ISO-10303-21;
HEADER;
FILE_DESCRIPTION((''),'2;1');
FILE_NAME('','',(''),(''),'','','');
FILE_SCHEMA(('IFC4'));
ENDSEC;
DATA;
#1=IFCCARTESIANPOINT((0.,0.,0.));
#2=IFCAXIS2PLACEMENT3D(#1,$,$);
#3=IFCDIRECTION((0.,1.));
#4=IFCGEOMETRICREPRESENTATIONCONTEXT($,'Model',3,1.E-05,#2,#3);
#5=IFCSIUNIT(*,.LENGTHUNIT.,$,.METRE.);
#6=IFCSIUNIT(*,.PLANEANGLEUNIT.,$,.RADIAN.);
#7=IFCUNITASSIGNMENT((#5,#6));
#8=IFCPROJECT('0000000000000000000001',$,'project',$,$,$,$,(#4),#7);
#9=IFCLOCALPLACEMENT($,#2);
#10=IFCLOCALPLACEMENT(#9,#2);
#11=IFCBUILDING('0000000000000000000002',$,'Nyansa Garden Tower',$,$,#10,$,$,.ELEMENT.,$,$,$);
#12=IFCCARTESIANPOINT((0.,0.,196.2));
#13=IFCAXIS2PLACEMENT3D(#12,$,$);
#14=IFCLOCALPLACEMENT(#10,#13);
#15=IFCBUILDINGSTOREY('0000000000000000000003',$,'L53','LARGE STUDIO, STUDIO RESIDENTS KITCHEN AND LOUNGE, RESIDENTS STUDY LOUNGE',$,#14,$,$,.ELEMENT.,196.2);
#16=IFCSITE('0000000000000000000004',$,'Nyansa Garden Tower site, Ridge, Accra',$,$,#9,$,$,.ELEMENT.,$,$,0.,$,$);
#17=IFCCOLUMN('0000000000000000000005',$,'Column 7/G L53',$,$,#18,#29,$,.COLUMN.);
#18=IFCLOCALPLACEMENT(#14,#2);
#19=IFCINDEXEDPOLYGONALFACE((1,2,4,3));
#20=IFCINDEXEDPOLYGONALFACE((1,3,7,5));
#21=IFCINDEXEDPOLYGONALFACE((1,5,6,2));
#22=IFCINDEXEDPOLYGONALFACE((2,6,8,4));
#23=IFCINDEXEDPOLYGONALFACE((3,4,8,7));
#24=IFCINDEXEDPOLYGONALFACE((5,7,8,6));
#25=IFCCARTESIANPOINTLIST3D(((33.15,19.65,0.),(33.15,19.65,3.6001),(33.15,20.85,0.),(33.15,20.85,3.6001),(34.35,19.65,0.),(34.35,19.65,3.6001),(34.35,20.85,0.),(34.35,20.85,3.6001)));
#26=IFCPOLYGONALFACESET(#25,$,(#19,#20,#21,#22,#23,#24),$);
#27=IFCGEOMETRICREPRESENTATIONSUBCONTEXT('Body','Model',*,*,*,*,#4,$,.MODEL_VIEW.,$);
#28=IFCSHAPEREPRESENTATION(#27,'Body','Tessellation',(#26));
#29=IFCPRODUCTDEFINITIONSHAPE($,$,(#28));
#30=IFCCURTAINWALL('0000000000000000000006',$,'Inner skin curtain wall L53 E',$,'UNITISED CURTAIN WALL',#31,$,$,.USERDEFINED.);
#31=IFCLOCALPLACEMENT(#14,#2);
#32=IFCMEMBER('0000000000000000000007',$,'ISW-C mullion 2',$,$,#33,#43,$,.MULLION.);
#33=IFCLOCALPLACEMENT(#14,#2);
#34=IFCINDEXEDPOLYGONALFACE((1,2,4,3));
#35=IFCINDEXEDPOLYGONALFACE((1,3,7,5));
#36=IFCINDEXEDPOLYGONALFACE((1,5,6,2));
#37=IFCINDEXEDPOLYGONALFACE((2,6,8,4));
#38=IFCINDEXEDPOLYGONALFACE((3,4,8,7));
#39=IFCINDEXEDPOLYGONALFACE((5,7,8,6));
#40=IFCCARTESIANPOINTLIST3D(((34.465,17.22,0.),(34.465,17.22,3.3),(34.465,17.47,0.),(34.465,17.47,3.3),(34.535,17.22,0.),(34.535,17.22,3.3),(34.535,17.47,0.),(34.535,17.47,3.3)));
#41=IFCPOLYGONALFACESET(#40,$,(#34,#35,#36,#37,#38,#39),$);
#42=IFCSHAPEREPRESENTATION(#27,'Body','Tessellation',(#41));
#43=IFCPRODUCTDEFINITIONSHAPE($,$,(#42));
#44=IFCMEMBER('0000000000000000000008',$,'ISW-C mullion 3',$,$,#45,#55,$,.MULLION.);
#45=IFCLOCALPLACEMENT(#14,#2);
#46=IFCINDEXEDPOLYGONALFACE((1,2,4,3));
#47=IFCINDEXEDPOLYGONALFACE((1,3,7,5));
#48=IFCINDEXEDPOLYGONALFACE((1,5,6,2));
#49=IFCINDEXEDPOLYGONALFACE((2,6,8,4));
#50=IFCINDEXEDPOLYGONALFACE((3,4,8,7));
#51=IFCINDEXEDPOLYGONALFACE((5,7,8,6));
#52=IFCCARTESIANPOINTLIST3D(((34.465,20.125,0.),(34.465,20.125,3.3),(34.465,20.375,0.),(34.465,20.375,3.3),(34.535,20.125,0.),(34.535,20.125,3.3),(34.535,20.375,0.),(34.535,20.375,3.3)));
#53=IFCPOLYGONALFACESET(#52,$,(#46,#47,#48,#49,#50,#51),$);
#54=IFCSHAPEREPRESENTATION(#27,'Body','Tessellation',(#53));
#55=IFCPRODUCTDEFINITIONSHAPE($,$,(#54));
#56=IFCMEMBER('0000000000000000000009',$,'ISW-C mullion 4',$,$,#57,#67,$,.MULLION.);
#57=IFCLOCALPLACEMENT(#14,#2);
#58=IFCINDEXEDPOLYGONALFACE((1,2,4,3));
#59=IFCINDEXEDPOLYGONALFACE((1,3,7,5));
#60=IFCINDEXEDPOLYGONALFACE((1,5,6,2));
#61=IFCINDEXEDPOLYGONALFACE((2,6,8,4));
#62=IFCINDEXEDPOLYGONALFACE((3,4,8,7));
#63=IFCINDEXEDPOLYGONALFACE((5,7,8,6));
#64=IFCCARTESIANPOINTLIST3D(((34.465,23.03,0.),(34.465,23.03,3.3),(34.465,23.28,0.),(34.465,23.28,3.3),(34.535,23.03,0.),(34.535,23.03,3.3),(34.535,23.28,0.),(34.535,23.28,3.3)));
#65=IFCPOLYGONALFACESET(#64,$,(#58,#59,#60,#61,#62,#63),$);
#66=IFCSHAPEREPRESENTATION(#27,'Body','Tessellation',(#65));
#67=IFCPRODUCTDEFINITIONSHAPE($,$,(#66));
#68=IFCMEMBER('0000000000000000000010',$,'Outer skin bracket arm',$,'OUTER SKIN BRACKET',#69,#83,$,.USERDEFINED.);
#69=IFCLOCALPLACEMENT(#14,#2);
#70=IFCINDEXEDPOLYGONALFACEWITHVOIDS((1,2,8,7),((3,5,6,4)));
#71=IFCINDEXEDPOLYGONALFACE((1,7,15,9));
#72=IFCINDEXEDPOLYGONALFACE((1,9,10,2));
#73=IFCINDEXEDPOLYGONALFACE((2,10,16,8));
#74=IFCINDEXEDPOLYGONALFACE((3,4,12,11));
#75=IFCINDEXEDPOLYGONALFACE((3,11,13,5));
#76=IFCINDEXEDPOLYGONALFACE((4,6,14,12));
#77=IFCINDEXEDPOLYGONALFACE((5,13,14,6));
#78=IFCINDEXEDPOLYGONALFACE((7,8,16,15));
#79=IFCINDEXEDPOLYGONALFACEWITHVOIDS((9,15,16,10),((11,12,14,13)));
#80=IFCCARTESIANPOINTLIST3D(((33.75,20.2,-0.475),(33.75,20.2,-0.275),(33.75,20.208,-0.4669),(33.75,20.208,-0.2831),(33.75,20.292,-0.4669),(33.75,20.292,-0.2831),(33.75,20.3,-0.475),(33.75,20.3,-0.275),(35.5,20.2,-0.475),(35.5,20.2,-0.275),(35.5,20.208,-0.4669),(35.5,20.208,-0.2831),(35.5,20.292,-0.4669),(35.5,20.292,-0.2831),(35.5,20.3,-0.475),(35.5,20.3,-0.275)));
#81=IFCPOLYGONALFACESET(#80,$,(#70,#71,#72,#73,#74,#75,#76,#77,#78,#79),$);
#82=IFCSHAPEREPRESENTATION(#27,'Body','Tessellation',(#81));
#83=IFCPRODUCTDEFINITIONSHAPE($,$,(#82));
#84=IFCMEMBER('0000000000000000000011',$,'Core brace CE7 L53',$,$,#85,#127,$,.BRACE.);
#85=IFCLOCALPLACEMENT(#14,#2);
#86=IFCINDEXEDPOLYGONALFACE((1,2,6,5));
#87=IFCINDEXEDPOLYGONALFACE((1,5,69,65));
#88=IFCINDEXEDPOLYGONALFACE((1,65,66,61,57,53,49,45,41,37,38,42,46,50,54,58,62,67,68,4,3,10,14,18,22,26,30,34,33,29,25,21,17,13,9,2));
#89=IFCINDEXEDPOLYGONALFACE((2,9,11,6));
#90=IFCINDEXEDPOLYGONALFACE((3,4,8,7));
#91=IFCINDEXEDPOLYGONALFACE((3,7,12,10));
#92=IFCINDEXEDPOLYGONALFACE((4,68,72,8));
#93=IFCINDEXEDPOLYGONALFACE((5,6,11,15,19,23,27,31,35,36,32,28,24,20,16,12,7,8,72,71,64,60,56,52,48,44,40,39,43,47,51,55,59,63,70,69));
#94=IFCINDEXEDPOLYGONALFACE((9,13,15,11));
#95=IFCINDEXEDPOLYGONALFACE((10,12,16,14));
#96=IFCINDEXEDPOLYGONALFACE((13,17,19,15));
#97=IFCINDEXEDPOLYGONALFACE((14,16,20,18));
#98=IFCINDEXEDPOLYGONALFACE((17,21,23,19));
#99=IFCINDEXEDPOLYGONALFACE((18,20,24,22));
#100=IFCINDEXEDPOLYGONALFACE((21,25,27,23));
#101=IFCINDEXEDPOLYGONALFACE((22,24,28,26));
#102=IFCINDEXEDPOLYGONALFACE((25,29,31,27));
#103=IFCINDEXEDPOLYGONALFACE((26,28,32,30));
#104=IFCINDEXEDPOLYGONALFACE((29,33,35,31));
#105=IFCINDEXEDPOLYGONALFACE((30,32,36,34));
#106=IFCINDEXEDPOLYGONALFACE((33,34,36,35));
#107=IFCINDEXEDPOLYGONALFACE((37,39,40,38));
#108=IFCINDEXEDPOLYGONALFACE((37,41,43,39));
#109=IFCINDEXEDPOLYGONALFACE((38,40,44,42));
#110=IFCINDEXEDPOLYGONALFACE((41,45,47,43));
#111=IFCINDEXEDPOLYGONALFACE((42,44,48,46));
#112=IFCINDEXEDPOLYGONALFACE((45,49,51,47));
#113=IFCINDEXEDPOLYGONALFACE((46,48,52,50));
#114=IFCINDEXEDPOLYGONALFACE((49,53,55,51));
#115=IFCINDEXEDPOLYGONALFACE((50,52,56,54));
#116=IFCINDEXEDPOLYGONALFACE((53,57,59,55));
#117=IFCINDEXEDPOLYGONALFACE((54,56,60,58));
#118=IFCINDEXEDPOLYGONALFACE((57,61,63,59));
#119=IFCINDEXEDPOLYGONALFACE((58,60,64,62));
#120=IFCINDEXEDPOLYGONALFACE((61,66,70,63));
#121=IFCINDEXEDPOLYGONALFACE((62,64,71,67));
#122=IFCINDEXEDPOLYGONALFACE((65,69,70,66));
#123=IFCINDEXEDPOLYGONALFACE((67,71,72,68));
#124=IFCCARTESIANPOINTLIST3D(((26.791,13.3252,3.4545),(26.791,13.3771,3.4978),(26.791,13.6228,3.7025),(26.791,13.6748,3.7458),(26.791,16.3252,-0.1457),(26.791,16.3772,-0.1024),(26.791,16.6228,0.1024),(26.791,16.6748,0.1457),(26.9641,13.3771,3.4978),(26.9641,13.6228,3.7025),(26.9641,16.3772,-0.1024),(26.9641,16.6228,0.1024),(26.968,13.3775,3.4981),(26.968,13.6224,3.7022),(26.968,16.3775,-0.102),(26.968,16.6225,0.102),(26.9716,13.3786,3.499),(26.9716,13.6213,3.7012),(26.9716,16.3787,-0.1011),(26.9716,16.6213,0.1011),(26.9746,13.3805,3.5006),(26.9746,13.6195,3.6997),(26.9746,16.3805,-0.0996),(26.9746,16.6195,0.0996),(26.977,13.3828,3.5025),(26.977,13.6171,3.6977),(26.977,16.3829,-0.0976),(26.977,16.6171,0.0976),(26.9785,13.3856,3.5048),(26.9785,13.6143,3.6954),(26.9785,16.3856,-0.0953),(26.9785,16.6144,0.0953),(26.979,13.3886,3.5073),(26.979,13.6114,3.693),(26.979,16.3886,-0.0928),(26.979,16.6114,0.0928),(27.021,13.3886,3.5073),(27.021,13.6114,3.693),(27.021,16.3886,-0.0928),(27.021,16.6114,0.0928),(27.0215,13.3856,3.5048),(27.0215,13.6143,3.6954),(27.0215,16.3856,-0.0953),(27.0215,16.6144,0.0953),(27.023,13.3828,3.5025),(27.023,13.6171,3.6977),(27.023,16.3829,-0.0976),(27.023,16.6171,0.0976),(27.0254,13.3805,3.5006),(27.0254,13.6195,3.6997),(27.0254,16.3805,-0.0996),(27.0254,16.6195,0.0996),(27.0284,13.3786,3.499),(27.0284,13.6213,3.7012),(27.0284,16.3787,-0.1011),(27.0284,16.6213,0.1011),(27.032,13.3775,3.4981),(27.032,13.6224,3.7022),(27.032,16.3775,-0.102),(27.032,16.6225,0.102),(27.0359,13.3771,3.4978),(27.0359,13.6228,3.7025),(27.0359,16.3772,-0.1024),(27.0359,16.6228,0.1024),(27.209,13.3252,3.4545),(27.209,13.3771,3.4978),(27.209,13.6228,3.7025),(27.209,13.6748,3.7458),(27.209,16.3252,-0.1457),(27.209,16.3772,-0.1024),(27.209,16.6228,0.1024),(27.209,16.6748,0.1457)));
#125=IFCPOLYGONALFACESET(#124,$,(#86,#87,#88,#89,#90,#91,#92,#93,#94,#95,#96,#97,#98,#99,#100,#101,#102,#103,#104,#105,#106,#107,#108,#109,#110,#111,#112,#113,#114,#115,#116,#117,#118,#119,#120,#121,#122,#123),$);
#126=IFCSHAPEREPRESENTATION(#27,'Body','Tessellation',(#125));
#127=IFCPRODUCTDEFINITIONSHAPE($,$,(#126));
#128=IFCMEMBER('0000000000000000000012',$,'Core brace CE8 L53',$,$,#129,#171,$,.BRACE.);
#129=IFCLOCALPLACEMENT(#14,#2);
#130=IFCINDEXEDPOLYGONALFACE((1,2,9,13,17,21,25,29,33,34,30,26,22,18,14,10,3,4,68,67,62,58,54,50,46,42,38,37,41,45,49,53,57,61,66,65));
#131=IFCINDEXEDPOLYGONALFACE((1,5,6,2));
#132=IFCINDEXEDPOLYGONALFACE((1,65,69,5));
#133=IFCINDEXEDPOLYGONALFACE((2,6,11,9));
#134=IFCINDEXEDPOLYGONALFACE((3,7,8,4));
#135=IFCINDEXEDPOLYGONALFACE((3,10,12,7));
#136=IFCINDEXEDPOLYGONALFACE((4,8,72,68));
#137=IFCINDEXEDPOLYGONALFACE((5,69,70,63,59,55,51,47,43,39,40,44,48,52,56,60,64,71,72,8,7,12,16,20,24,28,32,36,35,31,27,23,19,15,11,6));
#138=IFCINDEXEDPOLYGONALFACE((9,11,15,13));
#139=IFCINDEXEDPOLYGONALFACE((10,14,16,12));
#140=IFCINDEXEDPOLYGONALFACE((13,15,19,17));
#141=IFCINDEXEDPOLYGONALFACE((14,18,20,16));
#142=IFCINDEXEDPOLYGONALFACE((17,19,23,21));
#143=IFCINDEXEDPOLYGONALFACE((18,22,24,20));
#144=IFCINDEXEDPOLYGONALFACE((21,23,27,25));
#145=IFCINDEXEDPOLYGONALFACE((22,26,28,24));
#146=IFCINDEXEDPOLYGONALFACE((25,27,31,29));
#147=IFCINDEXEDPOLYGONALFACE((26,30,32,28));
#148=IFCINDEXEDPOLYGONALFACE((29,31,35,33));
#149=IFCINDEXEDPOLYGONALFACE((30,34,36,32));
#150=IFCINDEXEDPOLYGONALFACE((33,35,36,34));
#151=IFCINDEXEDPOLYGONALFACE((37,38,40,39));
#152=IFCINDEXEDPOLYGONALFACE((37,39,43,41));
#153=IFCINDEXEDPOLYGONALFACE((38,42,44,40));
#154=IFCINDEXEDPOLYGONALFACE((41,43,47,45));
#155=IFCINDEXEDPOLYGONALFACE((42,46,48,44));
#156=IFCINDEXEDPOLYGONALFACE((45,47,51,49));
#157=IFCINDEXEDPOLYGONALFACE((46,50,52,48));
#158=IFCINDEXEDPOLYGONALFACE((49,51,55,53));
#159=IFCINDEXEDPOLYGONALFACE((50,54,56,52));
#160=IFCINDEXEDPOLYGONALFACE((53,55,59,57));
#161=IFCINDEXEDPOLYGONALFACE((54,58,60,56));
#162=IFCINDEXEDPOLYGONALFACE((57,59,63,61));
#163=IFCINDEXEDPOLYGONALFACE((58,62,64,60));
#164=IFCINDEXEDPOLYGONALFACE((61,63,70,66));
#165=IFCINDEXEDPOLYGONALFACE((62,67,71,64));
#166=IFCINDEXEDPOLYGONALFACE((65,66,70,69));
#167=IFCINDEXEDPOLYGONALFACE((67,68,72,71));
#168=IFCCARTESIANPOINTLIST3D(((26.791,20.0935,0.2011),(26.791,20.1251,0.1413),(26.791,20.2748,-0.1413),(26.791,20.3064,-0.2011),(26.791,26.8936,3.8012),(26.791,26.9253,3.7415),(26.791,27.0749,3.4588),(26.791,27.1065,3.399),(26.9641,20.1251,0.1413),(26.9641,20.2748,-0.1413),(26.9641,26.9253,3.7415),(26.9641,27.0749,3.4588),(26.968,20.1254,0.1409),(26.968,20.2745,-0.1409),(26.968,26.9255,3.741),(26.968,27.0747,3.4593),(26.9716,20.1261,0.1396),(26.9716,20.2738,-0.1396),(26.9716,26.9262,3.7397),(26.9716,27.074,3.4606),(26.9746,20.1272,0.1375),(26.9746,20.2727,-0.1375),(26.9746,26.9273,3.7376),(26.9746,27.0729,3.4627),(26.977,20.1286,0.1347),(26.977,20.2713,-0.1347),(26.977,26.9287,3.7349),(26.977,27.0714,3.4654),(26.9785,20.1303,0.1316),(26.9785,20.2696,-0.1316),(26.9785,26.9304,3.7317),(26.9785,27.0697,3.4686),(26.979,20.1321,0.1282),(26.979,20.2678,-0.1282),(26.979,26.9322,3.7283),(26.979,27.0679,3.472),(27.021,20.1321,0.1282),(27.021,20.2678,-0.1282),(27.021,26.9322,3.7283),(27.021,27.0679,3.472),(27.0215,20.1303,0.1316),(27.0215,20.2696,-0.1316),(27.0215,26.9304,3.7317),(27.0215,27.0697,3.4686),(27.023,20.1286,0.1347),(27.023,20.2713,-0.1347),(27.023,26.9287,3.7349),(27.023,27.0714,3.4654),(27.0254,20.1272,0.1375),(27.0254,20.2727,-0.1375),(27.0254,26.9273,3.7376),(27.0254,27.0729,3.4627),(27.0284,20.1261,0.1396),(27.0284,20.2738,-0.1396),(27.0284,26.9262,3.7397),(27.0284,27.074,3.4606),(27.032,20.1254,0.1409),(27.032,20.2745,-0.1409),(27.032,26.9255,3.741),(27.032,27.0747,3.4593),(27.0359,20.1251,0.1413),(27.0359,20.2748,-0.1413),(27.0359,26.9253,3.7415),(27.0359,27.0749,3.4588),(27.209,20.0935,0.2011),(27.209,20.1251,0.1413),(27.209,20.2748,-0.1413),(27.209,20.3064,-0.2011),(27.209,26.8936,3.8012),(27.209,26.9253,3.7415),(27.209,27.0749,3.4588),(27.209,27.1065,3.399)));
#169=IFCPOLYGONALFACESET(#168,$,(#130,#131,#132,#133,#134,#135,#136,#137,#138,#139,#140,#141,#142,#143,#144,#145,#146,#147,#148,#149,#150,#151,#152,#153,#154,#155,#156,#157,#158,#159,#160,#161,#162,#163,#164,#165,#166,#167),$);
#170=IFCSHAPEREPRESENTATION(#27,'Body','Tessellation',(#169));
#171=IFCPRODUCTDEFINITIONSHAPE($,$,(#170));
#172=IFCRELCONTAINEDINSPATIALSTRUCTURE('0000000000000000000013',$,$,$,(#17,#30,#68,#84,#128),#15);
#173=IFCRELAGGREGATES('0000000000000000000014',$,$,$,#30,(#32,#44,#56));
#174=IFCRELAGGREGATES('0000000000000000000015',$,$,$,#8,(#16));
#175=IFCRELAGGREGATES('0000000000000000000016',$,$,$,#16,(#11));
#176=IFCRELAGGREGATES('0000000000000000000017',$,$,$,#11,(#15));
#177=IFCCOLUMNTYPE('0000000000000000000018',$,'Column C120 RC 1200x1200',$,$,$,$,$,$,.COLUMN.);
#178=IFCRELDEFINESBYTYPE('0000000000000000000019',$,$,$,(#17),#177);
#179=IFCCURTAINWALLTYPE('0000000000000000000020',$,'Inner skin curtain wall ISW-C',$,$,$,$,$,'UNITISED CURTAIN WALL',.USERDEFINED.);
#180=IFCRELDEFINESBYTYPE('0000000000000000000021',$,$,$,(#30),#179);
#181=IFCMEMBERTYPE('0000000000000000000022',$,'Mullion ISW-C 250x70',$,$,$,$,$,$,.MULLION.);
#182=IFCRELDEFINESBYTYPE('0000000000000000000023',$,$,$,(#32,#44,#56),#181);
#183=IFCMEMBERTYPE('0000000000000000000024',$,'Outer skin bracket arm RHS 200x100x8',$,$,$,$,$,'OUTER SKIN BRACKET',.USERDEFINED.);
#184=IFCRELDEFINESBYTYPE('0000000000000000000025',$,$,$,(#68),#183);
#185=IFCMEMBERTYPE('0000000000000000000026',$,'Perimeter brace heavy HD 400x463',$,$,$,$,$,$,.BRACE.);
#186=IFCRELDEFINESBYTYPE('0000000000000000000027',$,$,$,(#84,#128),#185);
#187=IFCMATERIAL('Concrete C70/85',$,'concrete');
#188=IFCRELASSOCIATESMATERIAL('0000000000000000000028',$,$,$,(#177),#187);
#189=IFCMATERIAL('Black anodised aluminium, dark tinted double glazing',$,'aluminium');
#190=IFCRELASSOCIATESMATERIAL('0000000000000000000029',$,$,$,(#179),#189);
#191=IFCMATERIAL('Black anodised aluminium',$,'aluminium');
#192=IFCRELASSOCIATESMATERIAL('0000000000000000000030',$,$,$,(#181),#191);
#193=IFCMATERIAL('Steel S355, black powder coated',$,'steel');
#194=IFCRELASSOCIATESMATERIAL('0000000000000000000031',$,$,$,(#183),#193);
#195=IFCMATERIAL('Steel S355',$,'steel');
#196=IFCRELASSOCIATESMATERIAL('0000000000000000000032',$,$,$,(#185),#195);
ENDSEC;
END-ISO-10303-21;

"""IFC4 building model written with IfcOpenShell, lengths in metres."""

from ifc_helpers import new_model, si_unit, direction, frame, origin, origin_2d, place, context, subcontext, project, spatial, rectangle, hollow_rectangle, i_section, extrude, material, material_profile, profile_set, type_object, element, aggregate, save


model = new_model("IFC4")

# Units and contexts
model_context = context("Model", 3, precision=1e-05, world=origin(), true_north=direction((0.0, 1.0)))
body_context = subcontext(model_context, "Body", "Model", "MODEL_VIEW")
ifc_project = project(units=[si_unit("LENGTHUNIT", "METRE"), si_unit("PLANEANGLEUNIT", "RADIAN")], contexts=[model_context])

# Site, building, storey
site_placement = place(None, origin())
site = spatial("IfcSite", under=ifc_project, at=site_placement, Name="Nyansa Garden Tower site, Ridge, Accra", CompositionType="ELEMENT", RefElevation=0.0)
building_placement = place(site_placement, origin())
building = spatial("IfcBuilding", under=site, at=building_placement, Name="Nyansa Garden Tower", CompositionType="ELEMENT")
storey_placement = place(building_placement, frame((0.0, 0.0, 196.2)))
storey = spatial("IfcBuildingStorey", under=building, at=storey_placement, Name="L53", Description="LARGE STUDIO, STUDIO RESIDENTS KITCHEN AND LOUNGE, RESIDENTS STUDY LOUNGE", CompositionType="ELEMENT", Elevation=196.2)

# Column
ifc_material_1 = material(Name="Concrete C70/85", Category="concrete")
ifc_material_profile_1 = material_profile(ifc_material_1, rectangle(XDim=1.2, YDim=1.2, at=origin_2d()), Name="RC 1200x1200")
ifc_profile_set_1 = profile_set([ifc_material_profile_1], Name="Concrete C70/85")
column_type = type_object("IfcColumnType", Name="Column C120 RC 1200x1200", PredefinedType="COLUMN", material=ifc_profile_set_1)
column_placement = place(storey_placement, frame((33.75, 20.25, 0.0), z_axis=(0.0, 0.0, 1.0), x_axis=(1.0, 0.0, 0.0)))
element("IfcColumn", 1, at=column_placement, inside=storey, type_object=column_type, Name="Column 7/G L53", PredefinedType="COLUMN", context=body_context, shape_type="SweptSolid", body=[
    extrude(rectangle(XDim=1.2, YDim=1.2, at=origin_2d()), origin(), (0.0, 0.0, 1.0), 3.6001),
])

# Curtain wall, members
ifc_material_2 = material(Name="Black anodised aluminium, dark tinted double glazing", Category="aluminium")
curtain_wall_type = type_object("IfcCurtainWallType", Name="Inner skin curtain wall ISW-C", ElementType="UNITISED CURTAIN WALL", PredefinedType="USERDEFINED", material=ifc_material_2)
curtain_wall_placement = place(storey_placement, origin())
curtain_wall = element("IfcCurtainWall", 2, at=curtain_wall_placement, inside=storey, type_object=curtain_wall_type, Name="Inner skin curtain wall L53 E", ObjectType="UNITISED CURTAIN WALL", PredefinedType="USERDEFINED")
ifc_material_3 = material(Name="Black anodised aluminium", Category="aluminium")
ifc_material_profile_2 = material_profile(ifc_material_3, rectangle(XDim=0.0701, YDim=0.25, at=origin_2d()), Name="Mullion 250x70")
ifc_profile_set_2 = profile_set([ifc_material_profile_2], Name="Black anodised aluminium")
member_type_1 = type_object("IfcMemberType", Name="Mullion ISW-C 250x70", PredefinedType="MULLION", material=ifc_profile_set_2)
member_1_placement = place(storey_placement, frame((34.5, 17.345, 0.0), z_axis=(0.0, 0.0, 1.0), x_axis=(-1.0, 0.0, 0.0)))
member_1 = element("IfcMember", 3, at=member_1_placement, type_object=member_type_1, Name="ISW-C mullion 2", PredefinedType="MULLION", context=body_context, shape_type="SweptSolid", body=[
    extrude(rectangle(XDim=0.0701, YDim=0.25, at=origin_2d()), origin(), (0.0, 0.0, 1.0), 3.3),
])
member_2_placement = place(storey_placement, frame((34.5, 20.25, 0.0), z_axis=(0.0, 0.0, 1.0), x_axis=(-1.0, 0.0, 0.0)))
member_2 = element("IfcMember", 4, at=member_2_placement, type_object=member_type_1, Name="ISW-C mullion 3", PredefinedType="MULLION", context=body_context, shape_type="SweptSolid", body=[
    extrude(rectangle(XDim=0.0701, YDim=0.25, at=origin_2d()), origin(), (0.0, 0.0, 1.0), 3.3),
])
member_3_placement = place(storey_placement, frame((34.5, 23.155, 0.0), z_axis=(0.0, 0.0, 1.0), x_axis=(-1.0, 0.0, 0.0)))
member_3 = element("IfcMember", 5, at=member_3_placement, type_object=member_type_1, Name="ISW-C mullion 4", PredefinedType="MULLION", context=body_context, shape_type="SweptSolid", body=[
    extrude(rectangle(XDim=0.0701, YDim=0.25, at=origin_2d()), origin(), (0.0, 0.0, 1.0), 3.3),
])

# Members
ifc_material_4 = material(Name="Steel S355, black powder coated", Category="steel")
ifc_material_profile_3 = material_profile(ifc_material_4, hollow_rectangle(XDim=0.1001, YDim=0.2, WallThickness=0.0081, at=origin_2d()), Name="RHS 200x100x8")
ifc_profile_set_3 = profile_set([ifc_material_profile_3], Name="Steel S355, black powder coated")
member_type_2 = type_object("IfcMemberType", Name="Outer skin bracket arm RHS 200x100x8", ElementType="OUTER SKIN BRACKET", PredefinedType="USERDEFINED", material=ifc_profile_set_3)
member_4_placement = place(storey_placement, frame((33.75, 20.25, -0.375), z_axis=(1.0, 0.0, 0.0), x_axis=(0.0, 1.0, 0.0)))
element("IfcMember", 6, at=member_4_placement, inside=storey, type_object=member_type_2, Name="Outer skin bracket arm", ObjectType="OUTER SKIN BRACKET", PredefinedType="USERDEFINED", context=body_context, shape_type="SweptSolid", body=[
    extrude(hollow_rectangle(XDim=0.1001, YDim=0.2, WallThickness=0.0081, at=origin_2d()), origin(), (0.0, 0.0, 1.0), 1.75),
])
ifc_material_5 = material(Name="Steel S355", Category="steel")
ifc_material_profile_4 = material_profile(ifc_material_5, i_section(OverallWidth=0.418, OverallDepth=0.4551, WebThickness=0.042, FlangeThickness=0.0676, FilletRadius=0.0149, at=origin_2d()), Name="HD 400x463")
ifc_profile_set_4 = profile_set([ifc_material_profile_4], Name="Steel S355")
member_type_3 = type_object("IfcMemberType", Name="Perimeter brace heavy HD 400x463", PredefinedType="BRACE", material=ifc_profile_set_4)
member_5_placement = place(storey_placement, frame((27.0, 16.5, 0.0), z_axis=(0.0, -0.640174, 0.76823), x_axis=(1.0, 0.0, 0.0)))
element("IfcMember", 7, at=member_5_placement, inside=storey, type_object=member_type_3, Name="Core brace CE7 L53", PredefinedType="BRACE", context=body_context, shape_type="SweptSolid", body=[
    extrude(i_section(OverallWidth=0.418, OverallDepth=0.4551, WebThickness=0.042, FlangeThickness=0.0676, FilletRadius=0.0149, at=origin_2d()), origin(), (0.0, 0.0, 1.0), 4.6863),
])
member_6_placement = place(storey_placement, frame((27.0, 20.2, 0.0), z_axis=(0.0, 0.883784, 0.467895), x_axis=(-1.0, 0.0, 0.0)))
element("IfcMember", 8, at=member_6_placement, inside=storey, type_object=member_type_3, Name="Core brace CE8 L53", PredefinedType="BRACE", context=body_context, shape_type="SweptSolid", body=[
    extrude(i_section(OverallWidth=0.418, OverallDepth=0.4551, WebThickness=0.042, FlangeThickness=0.0676, FilletRadius=0.0149, at=origin_2d()), origin(), (0.0, 0.0, 1.0), 7.6943),
])

aggregate(curtain_wall, [member_1, member_2, member_3])

save(model, "model.ifc")
